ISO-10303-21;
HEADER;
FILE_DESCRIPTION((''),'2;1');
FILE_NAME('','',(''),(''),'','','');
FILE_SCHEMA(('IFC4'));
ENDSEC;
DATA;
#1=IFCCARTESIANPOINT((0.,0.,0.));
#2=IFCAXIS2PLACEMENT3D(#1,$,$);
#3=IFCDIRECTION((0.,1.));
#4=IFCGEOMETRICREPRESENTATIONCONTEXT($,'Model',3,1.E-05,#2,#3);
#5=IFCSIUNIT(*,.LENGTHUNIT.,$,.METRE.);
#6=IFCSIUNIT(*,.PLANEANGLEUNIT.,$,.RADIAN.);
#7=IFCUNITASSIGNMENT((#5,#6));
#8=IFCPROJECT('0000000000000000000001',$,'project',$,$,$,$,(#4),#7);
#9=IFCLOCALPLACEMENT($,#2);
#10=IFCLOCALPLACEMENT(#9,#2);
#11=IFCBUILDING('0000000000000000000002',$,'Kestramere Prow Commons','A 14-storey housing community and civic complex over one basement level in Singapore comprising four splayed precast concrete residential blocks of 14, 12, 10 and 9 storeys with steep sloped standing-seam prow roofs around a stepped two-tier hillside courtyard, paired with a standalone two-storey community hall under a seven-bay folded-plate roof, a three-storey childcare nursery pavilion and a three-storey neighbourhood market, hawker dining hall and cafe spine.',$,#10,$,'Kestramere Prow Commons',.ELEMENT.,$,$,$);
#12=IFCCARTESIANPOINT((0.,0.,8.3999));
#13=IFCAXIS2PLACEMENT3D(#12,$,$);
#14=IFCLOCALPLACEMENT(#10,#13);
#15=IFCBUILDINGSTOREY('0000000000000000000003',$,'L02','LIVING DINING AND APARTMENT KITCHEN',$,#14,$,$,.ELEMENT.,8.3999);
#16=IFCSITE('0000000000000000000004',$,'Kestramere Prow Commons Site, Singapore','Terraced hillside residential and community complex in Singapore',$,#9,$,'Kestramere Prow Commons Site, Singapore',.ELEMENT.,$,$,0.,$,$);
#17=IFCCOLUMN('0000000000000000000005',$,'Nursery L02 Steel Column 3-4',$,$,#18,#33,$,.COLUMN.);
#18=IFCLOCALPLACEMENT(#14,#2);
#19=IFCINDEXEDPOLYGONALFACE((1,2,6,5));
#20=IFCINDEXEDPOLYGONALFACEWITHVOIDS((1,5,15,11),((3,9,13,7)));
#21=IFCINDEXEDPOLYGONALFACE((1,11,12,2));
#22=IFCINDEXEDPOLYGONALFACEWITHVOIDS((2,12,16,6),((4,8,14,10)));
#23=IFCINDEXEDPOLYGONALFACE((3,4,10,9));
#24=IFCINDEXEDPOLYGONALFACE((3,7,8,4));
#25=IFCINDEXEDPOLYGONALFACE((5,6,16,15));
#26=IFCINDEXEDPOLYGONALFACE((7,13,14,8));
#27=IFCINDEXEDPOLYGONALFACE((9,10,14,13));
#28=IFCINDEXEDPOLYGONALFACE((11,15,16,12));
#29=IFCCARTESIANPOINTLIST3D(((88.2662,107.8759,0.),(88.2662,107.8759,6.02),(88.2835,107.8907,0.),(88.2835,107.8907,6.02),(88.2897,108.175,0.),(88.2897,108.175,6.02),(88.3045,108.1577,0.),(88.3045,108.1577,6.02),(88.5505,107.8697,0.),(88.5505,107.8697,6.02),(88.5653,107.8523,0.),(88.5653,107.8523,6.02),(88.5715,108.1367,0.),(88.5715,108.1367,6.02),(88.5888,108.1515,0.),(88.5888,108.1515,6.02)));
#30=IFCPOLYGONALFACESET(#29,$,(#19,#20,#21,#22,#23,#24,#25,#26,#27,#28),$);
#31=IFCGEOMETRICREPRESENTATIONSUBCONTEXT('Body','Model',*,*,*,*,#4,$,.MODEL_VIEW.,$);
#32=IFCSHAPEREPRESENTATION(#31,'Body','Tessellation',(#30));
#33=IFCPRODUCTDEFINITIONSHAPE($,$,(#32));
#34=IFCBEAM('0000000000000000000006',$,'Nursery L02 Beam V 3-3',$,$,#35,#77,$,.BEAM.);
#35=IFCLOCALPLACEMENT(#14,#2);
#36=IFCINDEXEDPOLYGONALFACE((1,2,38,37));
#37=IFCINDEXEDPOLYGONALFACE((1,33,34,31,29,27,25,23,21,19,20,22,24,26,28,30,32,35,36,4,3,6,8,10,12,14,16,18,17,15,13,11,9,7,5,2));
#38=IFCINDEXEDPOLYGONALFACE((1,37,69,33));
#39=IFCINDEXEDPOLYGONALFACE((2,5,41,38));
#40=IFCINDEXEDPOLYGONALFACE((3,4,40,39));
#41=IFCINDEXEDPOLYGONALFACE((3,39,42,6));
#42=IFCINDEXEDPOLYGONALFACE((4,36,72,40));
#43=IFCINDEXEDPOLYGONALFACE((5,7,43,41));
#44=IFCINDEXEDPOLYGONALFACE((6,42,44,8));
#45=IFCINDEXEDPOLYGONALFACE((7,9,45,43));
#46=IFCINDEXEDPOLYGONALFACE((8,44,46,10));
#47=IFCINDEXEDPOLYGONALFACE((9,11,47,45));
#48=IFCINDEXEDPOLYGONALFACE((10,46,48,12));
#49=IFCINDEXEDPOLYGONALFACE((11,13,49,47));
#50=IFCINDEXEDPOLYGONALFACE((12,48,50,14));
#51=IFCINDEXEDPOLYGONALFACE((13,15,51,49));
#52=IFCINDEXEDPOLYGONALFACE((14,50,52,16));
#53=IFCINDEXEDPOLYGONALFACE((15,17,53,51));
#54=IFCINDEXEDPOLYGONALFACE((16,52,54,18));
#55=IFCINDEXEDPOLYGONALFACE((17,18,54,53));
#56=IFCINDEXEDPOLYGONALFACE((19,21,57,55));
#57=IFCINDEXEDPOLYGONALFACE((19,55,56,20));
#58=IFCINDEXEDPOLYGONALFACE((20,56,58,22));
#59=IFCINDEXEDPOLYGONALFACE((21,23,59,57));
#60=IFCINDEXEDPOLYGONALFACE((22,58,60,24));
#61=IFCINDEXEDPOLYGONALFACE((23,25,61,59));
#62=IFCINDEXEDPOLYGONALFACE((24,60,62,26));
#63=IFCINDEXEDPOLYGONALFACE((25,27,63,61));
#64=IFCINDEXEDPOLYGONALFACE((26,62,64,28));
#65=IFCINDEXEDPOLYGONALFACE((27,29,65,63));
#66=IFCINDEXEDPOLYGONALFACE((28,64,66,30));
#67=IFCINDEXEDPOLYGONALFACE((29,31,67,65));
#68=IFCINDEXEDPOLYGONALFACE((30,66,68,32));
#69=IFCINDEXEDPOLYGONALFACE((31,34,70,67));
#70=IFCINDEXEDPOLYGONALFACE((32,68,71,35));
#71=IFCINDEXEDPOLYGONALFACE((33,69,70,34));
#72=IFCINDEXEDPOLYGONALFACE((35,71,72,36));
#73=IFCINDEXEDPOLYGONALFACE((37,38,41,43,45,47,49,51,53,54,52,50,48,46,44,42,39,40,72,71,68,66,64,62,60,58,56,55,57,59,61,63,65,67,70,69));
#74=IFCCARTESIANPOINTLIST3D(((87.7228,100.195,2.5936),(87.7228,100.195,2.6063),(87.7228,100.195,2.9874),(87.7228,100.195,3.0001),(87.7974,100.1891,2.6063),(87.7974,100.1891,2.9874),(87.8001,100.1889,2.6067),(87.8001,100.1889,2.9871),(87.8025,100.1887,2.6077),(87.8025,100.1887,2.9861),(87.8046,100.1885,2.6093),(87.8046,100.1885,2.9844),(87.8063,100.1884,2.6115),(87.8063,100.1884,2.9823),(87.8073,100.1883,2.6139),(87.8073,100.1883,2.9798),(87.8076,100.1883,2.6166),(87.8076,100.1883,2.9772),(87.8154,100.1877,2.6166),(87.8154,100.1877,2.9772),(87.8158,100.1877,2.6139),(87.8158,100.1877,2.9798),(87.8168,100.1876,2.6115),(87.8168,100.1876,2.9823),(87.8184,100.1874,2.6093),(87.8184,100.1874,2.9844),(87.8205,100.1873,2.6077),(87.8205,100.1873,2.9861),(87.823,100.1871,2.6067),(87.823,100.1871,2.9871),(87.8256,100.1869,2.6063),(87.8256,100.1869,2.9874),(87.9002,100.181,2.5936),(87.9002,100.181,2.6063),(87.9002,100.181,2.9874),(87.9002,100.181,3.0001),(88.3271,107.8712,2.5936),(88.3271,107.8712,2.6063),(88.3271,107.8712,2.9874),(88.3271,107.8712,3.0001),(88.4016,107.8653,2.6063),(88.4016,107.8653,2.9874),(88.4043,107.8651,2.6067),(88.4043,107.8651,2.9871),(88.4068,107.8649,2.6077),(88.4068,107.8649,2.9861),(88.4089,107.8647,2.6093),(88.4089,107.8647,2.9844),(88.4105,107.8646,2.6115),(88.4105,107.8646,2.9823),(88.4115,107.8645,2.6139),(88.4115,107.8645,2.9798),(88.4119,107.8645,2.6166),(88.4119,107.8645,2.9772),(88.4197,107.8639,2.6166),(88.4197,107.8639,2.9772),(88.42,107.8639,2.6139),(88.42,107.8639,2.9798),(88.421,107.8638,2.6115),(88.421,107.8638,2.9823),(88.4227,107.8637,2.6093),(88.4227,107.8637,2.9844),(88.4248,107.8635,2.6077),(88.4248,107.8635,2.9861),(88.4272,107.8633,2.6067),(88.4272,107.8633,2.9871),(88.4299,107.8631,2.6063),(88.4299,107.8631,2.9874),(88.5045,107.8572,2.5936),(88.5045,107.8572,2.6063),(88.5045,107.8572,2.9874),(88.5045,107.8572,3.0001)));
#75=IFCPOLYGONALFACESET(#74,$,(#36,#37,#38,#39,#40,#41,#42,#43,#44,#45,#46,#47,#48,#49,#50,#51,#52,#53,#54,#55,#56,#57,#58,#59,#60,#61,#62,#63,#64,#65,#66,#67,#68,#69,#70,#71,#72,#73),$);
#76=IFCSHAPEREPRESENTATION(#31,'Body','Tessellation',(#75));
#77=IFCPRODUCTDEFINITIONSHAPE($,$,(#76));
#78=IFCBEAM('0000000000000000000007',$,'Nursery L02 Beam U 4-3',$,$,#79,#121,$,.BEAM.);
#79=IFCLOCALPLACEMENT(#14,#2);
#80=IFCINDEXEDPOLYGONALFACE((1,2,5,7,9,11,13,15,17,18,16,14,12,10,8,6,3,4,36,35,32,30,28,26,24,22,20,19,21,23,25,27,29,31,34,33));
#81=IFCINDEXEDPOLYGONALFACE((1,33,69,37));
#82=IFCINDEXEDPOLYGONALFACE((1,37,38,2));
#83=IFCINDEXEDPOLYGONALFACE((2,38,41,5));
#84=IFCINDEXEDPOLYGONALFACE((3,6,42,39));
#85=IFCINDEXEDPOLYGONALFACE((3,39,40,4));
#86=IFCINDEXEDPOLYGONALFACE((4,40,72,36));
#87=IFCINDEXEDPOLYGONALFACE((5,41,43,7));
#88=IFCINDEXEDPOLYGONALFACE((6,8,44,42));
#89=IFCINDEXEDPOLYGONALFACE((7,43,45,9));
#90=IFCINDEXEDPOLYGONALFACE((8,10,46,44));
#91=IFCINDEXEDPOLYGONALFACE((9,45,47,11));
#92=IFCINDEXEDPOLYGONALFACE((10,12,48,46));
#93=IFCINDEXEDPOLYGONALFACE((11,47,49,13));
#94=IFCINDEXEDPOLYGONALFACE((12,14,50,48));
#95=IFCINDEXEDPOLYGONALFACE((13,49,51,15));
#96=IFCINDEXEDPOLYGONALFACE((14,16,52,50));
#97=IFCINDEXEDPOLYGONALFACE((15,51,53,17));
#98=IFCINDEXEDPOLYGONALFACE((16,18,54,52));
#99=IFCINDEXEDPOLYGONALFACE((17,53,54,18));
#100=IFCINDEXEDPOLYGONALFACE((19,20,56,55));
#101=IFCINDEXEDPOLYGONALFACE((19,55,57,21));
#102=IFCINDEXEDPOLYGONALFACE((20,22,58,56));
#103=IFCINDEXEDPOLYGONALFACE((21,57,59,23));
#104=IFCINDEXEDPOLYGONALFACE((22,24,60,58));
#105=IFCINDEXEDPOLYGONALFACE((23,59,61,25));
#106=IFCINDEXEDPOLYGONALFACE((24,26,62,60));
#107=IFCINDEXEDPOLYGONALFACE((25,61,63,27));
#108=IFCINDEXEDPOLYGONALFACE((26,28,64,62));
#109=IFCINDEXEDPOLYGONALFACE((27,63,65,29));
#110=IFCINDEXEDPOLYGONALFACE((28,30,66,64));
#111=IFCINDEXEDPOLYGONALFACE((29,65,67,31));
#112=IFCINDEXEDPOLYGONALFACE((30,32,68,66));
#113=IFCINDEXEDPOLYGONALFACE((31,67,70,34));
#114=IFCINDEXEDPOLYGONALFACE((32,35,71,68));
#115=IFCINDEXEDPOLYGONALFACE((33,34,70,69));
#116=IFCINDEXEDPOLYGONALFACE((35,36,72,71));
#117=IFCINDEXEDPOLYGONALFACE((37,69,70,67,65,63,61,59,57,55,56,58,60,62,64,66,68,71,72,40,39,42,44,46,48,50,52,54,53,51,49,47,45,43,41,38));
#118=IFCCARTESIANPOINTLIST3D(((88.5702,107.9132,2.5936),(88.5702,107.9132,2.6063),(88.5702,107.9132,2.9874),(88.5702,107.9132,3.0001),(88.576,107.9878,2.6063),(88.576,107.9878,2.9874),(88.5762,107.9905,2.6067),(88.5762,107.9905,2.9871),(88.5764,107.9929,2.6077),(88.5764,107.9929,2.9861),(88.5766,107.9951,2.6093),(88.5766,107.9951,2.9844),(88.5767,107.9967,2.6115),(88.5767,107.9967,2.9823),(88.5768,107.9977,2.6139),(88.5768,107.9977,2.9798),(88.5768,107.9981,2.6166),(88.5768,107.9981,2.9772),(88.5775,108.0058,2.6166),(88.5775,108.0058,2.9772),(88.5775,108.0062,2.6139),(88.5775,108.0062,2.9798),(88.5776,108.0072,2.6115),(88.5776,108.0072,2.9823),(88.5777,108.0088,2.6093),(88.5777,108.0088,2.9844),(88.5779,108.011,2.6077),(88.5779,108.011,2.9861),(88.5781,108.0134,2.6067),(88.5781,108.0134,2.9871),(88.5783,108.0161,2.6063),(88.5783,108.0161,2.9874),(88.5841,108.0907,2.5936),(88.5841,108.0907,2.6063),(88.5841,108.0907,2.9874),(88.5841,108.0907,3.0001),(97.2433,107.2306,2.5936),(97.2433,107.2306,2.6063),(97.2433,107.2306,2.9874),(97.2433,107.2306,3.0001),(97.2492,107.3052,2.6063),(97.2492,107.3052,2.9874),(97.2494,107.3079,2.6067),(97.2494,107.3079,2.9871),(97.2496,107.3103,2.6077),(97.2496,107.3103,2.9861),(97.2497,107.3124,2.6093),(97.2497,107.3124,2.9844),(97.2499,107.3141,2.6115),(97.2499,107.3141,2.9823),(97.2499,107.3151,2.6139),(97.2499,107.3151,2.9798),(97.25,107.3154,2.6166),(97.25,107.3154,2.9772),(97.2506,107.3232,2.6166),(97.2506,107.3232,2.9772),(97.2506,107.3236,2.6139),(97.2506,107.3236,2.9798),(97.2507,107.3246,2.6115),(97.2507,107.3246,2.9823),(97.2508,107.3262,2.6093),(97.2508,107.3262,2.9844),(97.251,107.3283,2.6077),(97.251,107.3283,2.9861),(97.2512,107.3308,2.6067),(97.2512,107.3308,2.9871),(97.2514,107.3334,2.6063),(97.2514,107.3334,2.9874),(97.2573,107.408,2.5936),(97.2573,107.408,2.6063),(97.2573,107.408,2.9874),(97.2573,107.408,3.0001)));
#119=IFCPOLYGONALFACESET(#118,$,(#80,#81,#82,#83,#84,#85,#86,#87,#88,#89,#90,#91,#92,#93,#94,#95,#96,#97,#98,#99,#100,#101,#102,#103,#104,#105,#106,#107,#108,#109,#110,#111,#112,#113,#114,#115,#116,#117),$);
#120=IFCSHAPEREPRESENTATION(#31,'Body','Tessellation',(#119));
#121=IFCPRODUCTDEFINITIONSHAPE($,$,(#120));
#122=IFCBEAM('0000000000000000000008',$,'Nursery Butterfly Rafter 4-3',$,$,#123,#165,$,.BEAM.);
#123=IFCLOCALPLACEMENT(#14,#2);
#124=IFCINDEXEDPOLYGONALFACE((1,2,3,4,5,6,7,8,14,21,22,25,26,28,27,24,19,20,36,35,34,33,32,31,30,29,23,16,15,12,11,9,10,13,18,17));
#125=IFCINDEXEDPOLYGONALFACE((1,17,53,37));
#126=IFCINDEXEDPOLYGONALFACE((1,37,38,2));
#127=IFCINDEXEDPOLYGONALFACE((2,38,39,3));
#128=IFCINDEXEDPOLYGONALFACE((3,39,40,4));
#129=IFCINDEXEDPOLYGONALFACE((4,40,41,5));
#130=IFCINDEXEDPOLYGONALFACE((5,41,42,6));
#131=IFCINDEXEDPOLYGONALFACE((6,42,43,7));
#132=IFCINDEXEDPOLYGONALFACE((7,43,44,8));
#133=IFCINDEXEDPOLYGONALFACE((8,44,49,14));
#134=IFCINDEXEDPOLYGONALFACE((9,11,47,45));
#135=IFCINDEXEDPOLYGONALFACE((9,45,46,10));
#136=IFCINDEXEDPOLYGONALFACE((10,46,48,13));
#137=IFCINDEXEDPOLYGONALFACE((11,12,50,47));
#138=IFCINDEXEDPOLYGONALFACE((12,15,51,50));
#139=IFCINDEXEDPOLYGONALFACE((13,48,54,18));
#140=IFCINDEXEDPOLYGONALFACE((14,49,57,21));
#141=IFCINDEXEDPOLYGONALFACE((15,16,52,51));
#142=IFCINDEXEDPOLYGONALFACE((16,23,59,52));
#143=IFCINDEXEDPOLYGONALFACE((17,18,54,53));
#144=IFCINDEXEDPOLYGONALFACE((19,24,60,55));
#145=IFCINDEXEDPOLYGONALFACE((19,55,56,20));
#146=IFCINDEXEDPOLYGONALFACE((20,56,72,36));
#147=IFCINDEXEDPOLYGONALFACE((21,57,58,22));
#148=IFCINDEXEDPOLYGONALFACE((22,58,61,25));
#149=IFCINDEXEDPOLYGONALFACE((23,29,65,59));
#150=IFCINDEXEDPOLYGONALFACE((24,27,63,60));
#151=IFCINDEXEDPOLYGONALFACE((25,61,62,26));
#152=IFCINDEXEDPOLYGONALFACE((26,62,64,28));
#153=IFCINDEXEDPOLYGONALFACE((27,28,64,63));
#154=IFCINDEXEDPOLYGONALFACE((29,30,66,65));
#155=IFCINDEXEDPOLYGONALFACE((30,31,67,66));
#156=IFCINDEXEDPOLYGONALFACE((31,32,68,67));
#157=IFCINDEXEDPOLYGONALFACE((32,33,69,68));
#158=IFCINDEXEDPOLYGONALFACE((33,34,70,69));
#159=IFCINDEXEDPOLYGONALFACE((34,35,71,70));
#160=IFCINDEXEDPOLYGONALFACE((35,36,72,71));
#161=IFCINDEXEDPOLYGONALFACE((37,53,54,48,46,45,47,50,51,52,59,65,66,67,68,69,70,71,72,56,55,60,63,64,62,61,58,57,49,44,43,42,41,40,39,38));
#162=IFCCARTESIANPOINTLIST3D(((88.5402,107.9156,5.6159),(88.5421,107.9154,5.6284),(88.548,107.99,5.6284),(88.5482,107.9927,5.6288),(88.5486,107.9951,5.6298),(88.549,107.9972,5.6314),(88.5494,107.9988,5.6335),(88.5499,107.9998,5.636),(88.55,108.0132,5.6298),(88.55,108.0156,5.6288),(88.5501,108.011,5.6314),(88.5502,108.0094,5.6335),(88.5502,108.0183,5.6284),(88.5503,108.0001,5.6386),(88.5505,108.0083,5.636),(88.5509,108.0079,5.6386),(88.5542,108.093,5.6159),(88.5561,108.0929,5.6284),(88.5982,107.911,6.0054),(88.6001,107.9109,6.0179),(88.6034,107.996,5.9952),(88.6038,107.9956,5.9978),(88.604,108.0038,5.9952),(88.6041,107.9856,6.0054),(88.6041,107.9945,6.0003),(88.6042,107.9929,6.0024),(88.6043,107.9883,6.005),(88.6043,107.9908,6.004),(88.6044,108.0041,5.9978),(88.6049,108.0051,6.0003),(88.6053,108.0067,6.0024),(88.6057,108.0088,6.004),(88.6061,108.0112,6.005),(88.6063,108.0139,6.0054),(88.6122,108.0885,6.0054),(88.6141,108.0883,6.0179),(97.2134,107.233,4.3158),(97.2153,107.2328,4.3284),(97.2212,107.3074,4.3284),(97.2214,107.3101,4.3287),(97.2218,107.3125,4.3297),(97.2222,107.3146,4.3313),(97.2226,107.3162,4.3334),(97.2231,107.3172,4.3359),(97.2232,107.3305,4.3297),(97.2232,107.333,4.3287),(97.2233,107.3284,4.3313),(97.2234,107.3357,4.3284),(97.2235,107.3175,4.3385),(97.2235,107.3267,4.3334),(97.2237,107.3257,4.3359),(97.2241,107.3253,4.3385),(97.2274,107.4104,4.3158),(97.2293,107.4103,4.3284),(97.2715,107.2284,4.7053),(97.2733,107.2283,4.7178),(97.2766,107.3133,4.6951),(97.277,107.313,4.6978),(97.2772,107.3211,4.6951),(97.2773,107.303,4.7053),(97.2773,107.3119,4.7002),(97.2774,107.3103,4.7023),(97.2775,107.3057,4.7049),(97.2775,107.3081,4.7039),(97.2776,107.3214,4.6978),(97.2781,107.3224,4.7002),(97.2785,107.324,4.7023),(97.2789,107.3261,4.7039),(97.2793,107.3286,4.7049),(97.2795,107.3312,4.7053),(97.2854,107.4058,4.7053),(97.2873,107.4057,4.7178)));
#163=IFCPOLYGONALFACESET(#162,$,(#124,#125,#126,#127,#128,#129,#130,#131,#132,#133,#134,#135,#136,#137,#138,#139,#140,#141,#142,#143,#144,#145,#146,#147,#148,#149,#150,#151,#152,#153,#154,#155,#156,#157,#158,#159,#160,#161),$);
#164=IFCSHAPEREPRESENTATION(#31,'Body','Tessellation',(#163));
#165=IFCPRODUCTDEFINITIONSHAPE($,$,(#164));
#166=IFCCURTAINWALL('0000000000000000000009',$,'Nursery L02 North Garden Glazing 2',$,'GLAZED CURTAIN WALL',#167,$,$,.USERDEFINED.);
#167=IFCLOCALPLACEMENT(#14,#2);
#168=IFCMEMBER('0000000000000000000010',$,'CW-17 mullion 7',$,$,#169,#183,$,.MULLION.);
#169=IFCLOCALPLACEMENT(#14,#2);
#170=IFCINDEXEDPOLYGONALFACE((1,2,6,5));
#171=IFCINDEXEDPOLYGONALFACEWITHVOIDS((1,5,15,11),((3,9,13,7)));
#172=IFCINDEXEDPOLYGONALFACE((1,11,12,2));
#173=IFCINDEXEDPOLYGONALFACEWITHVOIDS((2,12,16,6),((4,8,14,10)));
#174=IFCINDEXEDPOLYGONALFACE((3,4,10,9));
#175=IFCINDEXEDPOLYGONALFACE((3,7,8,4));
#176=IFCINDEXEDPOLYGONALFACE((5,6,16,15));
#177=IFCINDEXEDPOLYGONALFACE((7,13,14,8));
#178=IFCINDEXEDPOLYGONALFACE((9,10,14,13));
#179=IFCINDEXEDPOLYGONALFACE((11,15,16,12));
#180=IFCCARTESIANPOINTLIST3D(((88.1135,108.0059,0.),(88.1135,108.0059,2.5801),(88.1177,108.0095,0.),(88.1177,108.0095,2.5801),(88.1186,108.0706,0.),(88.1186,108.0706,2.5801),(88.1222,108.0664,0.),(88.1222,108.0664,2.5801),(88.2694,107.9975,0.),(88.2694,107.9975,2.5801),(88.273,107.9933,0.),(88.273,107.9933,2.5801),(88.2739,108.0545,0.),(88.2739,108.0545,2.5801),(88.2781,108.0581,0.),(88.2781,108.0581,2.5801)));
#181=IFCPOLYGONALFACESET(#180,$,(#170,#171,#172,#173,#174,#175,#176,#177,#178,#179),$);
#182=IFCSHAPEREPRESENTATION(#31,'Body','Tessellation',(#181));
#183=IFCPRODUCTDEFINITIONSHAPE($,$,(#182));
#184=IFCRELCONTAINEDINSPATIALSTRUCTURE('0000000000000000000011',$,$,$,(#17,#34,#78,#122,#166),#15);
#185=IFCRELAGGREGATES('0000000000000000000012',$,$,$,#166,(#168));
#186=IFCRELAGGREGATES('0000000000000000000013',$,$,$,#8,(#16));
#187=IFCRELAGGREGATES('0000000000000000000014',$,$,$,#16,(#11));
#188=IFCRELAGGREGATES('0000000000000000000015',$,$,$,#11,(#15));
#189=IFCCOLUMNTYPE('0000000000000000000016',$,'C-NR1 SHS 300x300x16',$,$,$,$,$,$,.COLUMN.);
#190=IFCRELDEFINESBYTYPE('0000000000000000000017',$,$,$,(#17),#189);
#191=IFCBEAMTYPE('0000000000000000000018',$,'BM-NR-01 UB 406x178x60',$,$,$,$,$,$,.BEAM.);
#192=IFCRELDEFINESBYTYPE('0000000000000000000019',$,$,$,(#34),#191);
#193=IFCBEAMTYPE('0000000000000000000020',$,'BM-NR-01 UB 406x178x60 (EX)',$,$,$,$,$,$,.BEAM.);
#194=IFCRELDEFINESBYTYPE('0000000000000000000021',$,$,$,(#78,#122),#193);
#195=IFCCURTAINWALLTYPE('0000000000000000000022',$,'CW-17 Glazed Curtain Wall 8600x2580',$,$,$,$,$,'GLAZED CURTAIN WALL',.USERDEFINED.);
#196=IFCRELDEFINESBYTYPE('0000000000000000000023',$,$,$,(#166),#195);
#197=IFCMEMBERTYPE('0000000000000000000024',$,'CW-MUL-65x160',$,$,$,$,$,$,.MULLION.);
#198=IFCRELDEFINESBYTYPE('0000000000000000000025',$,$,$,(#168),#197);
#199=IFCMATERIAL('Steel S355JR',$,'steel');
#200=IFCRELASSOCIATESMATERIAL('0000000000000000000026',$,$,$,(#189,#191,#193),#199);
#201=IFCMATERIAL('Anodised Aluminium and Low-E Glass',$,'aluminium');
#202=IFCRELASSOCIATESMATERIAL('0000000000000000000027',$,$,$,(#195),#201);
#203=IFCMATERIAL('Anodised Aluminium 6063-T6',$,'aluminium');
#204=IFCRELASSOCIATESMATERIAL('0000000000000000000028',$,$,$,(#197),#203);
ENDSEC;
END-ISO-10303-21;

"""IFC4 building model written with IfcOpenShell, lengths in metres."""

from ifc_helpers import new_model, si_unit, direction, frame, origin, origin_2d, place, context, subcontext, project, spatial, hollow_rectangle, i_section, extrude, material, material_profile, profile_set, type_object, element, aggregate, save


model = new_model("IFC4")

# Units and contexts
model_context = context("Model", 3, precision=1e-05, world=origin(), true_north=direction((0.0, 1.0)))
body_context = subcontext(model_context, "Body", "Model", "MODEL_VIEW")
ifc_project = project(units=[si_unit("LENGTHUNIT", "METRE"), si_unit("PLANEANGLEUNIT", "RADIAN")], contexts=[model_context])

# Site, building, storey
site_placement = place(None, origin())
site = spatial("IfcSite", under=ifc_project, at=site_placement, Name="Kestramere Prow Commons Site, Singapore", Description="Terraced hillside residential and community complex in Singapore", LongName="Kestramere Prow Commons Site, Singapore", CompositionType="ELEMENT", RefElevation=0.0)
building_placement = place(site_placement, origin())
building = spatial("IfcBuilding", under=site, at=building_placement, Name="Kestramere Prow Commons", Description="A 14-storey housing community and civic complex over one basement level in Singapore comprising four splayed precast concrete residential blocks of 14, 12, 10 and 9 storeys with steep sloped standing-seam prow roofs around a stepped two-tier hillside courtyard, paired with a standalone two-storey community hall under a seven-bay folded-plate roof, a three-storey childcare nursery pavilion and a three-storey neighbourhood market, hawker dining hall and cafe spine.", LongName="Kestramere Prow Commons", CompositionType="ELEMENT")
storey_placement = place(building_placement, frame((0.0, 0.0, 8.3999)))
storey = spatial("IfcBuildingStorey", under=building, at=storey_placement, Name="L02", Description="LIVING DINING AND APARTMENT KITCHEN", CompositionType="ELEMENT", Elevation=8.3999)

# Column
ifc_material_1 = material(Name="Steel S355JR", Category="steel")
ifc_material_profile_1 = material_profile(ifc_material_1, hollow_rectangle(XDim=0.3, YDim=0.3, WallThickness=0.0161, at=origin_2d()), Name="SHS 300x300x16")
ifc_profile_set_1 = profile_set([ifc_material_profile_1], Name="Steel S355JR")
column_type = type_object("IfcColumnType", Name="C-NR1 SHS 300x300x16", PredefinedType="COLUMN", material=ifc_profile_set_1)
column_placement = place(storey_placement, frame((88.4275, 108.0137, 0.0), z_axis=(0.0, 0.0, 1.0), x_axis=(0.996917, -0.078459, 0.0)))
element("IfcColumn", 1, at=column_placement, inside=storey, type_object=column_type, Name="Nursery L02 Steel Column 3-4", PredefinedType="COLUMN", context=body_context, shape_type="SweptSolid", body=[
    extrude(hollow_rectangle(XDim=0.3, YDim=0.3, WallThickness=0.0161, at=origin_2d()), origin(), (0.0, 0.0, 1.0), 6.02),
])

# Beams
ifc_material_profile_2 = material_profile(ifc_material_1, i_section(OverallWidth=0.178, OverallDepth=0.4065, WebThickness=0.0078, FlangeThickness=0.0127, FilletRadius=0.0103, at=origin_2d()), Name="UB 406x178x60")
ifc_profile_set_2 = profile_set([ifc_material_profile_2], Name="Steel S355JR")
beam_type_1 = type_object("IfcBeamType", Name="BM-NR-01 UB 406x178x60", PredefinedType="BEAM", material=ifc_profile_set_2)
beam_1_placement = place(storey_placement, frame((87.8115, 100.188, 2.7969), z_axis=(0.078474, 0.996916, 0.0), x_axis=(-0.996916, 0.078474, 0.0)))
element("IfcBeam", 2, at=beam_1_placement, inside=storey, type_object=beam_type_1, Name="Nursery L02 Beam V 3-3", PredefinedType="BEAM", context=body_context, shape_type="SweptSolid", body=[
    extrude(i_section(OverallWidth=0.178, OverallDepth=0.4065, WebThickness=0.0078, FlangeThickness=0.0127, FilletRadius=0.0103, at=origin_2d()), origin(), (0.0, 0.0, 1.0), 7.7),
])
ifc_material_profile_3 = material_profile(ifc_material_1, i_section(OverallWidth=0.178, OverallDepth=0.4065, WebThickness=0.0078, FlangeThickness=0.0127, FilletRadius=0.0103, at=origin_2d()), Name="UB 406x178x60")
ifc_profile_set_3 = profile_set([ifc_material_profile_3], Name="Steel S355JR")
beam_type_2 = type_object("IfcBeamType", Name="BM-NR-01 UB 406x178x60 (EX)", PredefinedType="BEAM", material=ifc_profile_set_3)
beam_2_placement = place(storey_placement, frame((88.5771, 108.002, 2.7969), z_axis=(0.996917, -0.078462, 0.0), x_axis=(0.078462, 0.996917, 0.0)))
element("IfcBeam", 3, at=beam_2_placement, inside=storey, type_object=beam_type_2, Name="Nursery L02 Beam U 4-3", PredefinedType="BEAM", context=body_context, shape_type="SweptSolid", body=[
    extrude(i_section(OverallWidth=0.178, OverallDepth=0.4065, WebThickness=0.0078, FlangeThickness=0.0127, FilletRadius=0.0103, at=origin_2d()), origin(), (0.0, 0.0, 1.0), 8.7),
])
beam_3_placement = place(storey_placement, frame((88.5771, 108.002, 5.8169), z_axis=(0.985969, -0.077601, -0.147791), x_axis=(0.078462, 0.996917, 0.0)))
element("IfcBeam", 4, at=beam_3_placement, inside=storey, type_object=beam_type_2, Name="Nursery Butterfly Rafter 4-3", PredefinedType="BEAM", context=body_context, shape_type="SweptSolid", body=[
    extrude(i_section(OverallWidth=0.178, OverallDepth=0.4065, WebThickness=0.0078, FlangeThickness=0.0127, FilletRadius=0.0103, at=origin_2d()), origin(), (0.0, 0.0, 1.0), 8.7966),
])

# Curtain wall, member
ifc_material_2 = material(Name="Anodised Aluminium and Low-E Glass", Category="aluminium")
curtain_wall_type = type_object("IfcCurtainWallType", Name="CW-17 Glazed Curtain Wall 8600x2580", ElementType="GLAZED CURTAIN WALL", PredefinedType="USERDEFINED", material=ifc_material_2)
curtain_wall_1_placement = place(storey_placement, origin())
curtain_wall_1 = element("IfcCurtainWall", 5, at=curtain_wall_1_placement, inside=storey, type_object=curtain_wall_type, Name="Nursery L02 North Garden Glazing 2", ObjectType="GLAZED CURTAIN WALL", PredefinedType="USERDEFINED")
ifc_material_3 = material(Name="Anodised Aluminium 6063-T6", Category="aluminium")
ifc_material_profile_4 = material_profile(ifc_material_3, hollow_rectangle(XDim=0.0649, YDim=0.1599, WallThickness=0.0039, at=origin_2d()), Name="ALU-MUL 65x160")
ifc_profile_set_4 = profile_set([ifc_material_profile_4], Name="Anodised Aluminium 6063-T6")
member_type_1 = type_object("IfcMemberType", Name="CW-MUL-65x160", PredefinedType="MULLION", material=ifc_profile_set_4)
member_1_placement = place(storey_placement, frame((88.1958, 108.032, 0.0), z_axis=(0.0, 0.0, 1.0), x_axis=(0.078459, 0.996917, 0.0)))
member_1 = element("IfcMember", 6, at=member_1_placement, type_object=member_type_1, Name="CW-17 mullion 7", PredefinedType="MULLION", context=body_context, shape_type="SweptSolid", body=[
    extrude(hollow_rectangle(XDim=0.0649, YDim=0.1599, WallThickness=0.0039, at=origin_2d()), origin(), (0.0, 0.0, 1.0), 2.5801),
])

aggregate(curtain_wall_1, [member_1])

save(model, "model.ifc")
